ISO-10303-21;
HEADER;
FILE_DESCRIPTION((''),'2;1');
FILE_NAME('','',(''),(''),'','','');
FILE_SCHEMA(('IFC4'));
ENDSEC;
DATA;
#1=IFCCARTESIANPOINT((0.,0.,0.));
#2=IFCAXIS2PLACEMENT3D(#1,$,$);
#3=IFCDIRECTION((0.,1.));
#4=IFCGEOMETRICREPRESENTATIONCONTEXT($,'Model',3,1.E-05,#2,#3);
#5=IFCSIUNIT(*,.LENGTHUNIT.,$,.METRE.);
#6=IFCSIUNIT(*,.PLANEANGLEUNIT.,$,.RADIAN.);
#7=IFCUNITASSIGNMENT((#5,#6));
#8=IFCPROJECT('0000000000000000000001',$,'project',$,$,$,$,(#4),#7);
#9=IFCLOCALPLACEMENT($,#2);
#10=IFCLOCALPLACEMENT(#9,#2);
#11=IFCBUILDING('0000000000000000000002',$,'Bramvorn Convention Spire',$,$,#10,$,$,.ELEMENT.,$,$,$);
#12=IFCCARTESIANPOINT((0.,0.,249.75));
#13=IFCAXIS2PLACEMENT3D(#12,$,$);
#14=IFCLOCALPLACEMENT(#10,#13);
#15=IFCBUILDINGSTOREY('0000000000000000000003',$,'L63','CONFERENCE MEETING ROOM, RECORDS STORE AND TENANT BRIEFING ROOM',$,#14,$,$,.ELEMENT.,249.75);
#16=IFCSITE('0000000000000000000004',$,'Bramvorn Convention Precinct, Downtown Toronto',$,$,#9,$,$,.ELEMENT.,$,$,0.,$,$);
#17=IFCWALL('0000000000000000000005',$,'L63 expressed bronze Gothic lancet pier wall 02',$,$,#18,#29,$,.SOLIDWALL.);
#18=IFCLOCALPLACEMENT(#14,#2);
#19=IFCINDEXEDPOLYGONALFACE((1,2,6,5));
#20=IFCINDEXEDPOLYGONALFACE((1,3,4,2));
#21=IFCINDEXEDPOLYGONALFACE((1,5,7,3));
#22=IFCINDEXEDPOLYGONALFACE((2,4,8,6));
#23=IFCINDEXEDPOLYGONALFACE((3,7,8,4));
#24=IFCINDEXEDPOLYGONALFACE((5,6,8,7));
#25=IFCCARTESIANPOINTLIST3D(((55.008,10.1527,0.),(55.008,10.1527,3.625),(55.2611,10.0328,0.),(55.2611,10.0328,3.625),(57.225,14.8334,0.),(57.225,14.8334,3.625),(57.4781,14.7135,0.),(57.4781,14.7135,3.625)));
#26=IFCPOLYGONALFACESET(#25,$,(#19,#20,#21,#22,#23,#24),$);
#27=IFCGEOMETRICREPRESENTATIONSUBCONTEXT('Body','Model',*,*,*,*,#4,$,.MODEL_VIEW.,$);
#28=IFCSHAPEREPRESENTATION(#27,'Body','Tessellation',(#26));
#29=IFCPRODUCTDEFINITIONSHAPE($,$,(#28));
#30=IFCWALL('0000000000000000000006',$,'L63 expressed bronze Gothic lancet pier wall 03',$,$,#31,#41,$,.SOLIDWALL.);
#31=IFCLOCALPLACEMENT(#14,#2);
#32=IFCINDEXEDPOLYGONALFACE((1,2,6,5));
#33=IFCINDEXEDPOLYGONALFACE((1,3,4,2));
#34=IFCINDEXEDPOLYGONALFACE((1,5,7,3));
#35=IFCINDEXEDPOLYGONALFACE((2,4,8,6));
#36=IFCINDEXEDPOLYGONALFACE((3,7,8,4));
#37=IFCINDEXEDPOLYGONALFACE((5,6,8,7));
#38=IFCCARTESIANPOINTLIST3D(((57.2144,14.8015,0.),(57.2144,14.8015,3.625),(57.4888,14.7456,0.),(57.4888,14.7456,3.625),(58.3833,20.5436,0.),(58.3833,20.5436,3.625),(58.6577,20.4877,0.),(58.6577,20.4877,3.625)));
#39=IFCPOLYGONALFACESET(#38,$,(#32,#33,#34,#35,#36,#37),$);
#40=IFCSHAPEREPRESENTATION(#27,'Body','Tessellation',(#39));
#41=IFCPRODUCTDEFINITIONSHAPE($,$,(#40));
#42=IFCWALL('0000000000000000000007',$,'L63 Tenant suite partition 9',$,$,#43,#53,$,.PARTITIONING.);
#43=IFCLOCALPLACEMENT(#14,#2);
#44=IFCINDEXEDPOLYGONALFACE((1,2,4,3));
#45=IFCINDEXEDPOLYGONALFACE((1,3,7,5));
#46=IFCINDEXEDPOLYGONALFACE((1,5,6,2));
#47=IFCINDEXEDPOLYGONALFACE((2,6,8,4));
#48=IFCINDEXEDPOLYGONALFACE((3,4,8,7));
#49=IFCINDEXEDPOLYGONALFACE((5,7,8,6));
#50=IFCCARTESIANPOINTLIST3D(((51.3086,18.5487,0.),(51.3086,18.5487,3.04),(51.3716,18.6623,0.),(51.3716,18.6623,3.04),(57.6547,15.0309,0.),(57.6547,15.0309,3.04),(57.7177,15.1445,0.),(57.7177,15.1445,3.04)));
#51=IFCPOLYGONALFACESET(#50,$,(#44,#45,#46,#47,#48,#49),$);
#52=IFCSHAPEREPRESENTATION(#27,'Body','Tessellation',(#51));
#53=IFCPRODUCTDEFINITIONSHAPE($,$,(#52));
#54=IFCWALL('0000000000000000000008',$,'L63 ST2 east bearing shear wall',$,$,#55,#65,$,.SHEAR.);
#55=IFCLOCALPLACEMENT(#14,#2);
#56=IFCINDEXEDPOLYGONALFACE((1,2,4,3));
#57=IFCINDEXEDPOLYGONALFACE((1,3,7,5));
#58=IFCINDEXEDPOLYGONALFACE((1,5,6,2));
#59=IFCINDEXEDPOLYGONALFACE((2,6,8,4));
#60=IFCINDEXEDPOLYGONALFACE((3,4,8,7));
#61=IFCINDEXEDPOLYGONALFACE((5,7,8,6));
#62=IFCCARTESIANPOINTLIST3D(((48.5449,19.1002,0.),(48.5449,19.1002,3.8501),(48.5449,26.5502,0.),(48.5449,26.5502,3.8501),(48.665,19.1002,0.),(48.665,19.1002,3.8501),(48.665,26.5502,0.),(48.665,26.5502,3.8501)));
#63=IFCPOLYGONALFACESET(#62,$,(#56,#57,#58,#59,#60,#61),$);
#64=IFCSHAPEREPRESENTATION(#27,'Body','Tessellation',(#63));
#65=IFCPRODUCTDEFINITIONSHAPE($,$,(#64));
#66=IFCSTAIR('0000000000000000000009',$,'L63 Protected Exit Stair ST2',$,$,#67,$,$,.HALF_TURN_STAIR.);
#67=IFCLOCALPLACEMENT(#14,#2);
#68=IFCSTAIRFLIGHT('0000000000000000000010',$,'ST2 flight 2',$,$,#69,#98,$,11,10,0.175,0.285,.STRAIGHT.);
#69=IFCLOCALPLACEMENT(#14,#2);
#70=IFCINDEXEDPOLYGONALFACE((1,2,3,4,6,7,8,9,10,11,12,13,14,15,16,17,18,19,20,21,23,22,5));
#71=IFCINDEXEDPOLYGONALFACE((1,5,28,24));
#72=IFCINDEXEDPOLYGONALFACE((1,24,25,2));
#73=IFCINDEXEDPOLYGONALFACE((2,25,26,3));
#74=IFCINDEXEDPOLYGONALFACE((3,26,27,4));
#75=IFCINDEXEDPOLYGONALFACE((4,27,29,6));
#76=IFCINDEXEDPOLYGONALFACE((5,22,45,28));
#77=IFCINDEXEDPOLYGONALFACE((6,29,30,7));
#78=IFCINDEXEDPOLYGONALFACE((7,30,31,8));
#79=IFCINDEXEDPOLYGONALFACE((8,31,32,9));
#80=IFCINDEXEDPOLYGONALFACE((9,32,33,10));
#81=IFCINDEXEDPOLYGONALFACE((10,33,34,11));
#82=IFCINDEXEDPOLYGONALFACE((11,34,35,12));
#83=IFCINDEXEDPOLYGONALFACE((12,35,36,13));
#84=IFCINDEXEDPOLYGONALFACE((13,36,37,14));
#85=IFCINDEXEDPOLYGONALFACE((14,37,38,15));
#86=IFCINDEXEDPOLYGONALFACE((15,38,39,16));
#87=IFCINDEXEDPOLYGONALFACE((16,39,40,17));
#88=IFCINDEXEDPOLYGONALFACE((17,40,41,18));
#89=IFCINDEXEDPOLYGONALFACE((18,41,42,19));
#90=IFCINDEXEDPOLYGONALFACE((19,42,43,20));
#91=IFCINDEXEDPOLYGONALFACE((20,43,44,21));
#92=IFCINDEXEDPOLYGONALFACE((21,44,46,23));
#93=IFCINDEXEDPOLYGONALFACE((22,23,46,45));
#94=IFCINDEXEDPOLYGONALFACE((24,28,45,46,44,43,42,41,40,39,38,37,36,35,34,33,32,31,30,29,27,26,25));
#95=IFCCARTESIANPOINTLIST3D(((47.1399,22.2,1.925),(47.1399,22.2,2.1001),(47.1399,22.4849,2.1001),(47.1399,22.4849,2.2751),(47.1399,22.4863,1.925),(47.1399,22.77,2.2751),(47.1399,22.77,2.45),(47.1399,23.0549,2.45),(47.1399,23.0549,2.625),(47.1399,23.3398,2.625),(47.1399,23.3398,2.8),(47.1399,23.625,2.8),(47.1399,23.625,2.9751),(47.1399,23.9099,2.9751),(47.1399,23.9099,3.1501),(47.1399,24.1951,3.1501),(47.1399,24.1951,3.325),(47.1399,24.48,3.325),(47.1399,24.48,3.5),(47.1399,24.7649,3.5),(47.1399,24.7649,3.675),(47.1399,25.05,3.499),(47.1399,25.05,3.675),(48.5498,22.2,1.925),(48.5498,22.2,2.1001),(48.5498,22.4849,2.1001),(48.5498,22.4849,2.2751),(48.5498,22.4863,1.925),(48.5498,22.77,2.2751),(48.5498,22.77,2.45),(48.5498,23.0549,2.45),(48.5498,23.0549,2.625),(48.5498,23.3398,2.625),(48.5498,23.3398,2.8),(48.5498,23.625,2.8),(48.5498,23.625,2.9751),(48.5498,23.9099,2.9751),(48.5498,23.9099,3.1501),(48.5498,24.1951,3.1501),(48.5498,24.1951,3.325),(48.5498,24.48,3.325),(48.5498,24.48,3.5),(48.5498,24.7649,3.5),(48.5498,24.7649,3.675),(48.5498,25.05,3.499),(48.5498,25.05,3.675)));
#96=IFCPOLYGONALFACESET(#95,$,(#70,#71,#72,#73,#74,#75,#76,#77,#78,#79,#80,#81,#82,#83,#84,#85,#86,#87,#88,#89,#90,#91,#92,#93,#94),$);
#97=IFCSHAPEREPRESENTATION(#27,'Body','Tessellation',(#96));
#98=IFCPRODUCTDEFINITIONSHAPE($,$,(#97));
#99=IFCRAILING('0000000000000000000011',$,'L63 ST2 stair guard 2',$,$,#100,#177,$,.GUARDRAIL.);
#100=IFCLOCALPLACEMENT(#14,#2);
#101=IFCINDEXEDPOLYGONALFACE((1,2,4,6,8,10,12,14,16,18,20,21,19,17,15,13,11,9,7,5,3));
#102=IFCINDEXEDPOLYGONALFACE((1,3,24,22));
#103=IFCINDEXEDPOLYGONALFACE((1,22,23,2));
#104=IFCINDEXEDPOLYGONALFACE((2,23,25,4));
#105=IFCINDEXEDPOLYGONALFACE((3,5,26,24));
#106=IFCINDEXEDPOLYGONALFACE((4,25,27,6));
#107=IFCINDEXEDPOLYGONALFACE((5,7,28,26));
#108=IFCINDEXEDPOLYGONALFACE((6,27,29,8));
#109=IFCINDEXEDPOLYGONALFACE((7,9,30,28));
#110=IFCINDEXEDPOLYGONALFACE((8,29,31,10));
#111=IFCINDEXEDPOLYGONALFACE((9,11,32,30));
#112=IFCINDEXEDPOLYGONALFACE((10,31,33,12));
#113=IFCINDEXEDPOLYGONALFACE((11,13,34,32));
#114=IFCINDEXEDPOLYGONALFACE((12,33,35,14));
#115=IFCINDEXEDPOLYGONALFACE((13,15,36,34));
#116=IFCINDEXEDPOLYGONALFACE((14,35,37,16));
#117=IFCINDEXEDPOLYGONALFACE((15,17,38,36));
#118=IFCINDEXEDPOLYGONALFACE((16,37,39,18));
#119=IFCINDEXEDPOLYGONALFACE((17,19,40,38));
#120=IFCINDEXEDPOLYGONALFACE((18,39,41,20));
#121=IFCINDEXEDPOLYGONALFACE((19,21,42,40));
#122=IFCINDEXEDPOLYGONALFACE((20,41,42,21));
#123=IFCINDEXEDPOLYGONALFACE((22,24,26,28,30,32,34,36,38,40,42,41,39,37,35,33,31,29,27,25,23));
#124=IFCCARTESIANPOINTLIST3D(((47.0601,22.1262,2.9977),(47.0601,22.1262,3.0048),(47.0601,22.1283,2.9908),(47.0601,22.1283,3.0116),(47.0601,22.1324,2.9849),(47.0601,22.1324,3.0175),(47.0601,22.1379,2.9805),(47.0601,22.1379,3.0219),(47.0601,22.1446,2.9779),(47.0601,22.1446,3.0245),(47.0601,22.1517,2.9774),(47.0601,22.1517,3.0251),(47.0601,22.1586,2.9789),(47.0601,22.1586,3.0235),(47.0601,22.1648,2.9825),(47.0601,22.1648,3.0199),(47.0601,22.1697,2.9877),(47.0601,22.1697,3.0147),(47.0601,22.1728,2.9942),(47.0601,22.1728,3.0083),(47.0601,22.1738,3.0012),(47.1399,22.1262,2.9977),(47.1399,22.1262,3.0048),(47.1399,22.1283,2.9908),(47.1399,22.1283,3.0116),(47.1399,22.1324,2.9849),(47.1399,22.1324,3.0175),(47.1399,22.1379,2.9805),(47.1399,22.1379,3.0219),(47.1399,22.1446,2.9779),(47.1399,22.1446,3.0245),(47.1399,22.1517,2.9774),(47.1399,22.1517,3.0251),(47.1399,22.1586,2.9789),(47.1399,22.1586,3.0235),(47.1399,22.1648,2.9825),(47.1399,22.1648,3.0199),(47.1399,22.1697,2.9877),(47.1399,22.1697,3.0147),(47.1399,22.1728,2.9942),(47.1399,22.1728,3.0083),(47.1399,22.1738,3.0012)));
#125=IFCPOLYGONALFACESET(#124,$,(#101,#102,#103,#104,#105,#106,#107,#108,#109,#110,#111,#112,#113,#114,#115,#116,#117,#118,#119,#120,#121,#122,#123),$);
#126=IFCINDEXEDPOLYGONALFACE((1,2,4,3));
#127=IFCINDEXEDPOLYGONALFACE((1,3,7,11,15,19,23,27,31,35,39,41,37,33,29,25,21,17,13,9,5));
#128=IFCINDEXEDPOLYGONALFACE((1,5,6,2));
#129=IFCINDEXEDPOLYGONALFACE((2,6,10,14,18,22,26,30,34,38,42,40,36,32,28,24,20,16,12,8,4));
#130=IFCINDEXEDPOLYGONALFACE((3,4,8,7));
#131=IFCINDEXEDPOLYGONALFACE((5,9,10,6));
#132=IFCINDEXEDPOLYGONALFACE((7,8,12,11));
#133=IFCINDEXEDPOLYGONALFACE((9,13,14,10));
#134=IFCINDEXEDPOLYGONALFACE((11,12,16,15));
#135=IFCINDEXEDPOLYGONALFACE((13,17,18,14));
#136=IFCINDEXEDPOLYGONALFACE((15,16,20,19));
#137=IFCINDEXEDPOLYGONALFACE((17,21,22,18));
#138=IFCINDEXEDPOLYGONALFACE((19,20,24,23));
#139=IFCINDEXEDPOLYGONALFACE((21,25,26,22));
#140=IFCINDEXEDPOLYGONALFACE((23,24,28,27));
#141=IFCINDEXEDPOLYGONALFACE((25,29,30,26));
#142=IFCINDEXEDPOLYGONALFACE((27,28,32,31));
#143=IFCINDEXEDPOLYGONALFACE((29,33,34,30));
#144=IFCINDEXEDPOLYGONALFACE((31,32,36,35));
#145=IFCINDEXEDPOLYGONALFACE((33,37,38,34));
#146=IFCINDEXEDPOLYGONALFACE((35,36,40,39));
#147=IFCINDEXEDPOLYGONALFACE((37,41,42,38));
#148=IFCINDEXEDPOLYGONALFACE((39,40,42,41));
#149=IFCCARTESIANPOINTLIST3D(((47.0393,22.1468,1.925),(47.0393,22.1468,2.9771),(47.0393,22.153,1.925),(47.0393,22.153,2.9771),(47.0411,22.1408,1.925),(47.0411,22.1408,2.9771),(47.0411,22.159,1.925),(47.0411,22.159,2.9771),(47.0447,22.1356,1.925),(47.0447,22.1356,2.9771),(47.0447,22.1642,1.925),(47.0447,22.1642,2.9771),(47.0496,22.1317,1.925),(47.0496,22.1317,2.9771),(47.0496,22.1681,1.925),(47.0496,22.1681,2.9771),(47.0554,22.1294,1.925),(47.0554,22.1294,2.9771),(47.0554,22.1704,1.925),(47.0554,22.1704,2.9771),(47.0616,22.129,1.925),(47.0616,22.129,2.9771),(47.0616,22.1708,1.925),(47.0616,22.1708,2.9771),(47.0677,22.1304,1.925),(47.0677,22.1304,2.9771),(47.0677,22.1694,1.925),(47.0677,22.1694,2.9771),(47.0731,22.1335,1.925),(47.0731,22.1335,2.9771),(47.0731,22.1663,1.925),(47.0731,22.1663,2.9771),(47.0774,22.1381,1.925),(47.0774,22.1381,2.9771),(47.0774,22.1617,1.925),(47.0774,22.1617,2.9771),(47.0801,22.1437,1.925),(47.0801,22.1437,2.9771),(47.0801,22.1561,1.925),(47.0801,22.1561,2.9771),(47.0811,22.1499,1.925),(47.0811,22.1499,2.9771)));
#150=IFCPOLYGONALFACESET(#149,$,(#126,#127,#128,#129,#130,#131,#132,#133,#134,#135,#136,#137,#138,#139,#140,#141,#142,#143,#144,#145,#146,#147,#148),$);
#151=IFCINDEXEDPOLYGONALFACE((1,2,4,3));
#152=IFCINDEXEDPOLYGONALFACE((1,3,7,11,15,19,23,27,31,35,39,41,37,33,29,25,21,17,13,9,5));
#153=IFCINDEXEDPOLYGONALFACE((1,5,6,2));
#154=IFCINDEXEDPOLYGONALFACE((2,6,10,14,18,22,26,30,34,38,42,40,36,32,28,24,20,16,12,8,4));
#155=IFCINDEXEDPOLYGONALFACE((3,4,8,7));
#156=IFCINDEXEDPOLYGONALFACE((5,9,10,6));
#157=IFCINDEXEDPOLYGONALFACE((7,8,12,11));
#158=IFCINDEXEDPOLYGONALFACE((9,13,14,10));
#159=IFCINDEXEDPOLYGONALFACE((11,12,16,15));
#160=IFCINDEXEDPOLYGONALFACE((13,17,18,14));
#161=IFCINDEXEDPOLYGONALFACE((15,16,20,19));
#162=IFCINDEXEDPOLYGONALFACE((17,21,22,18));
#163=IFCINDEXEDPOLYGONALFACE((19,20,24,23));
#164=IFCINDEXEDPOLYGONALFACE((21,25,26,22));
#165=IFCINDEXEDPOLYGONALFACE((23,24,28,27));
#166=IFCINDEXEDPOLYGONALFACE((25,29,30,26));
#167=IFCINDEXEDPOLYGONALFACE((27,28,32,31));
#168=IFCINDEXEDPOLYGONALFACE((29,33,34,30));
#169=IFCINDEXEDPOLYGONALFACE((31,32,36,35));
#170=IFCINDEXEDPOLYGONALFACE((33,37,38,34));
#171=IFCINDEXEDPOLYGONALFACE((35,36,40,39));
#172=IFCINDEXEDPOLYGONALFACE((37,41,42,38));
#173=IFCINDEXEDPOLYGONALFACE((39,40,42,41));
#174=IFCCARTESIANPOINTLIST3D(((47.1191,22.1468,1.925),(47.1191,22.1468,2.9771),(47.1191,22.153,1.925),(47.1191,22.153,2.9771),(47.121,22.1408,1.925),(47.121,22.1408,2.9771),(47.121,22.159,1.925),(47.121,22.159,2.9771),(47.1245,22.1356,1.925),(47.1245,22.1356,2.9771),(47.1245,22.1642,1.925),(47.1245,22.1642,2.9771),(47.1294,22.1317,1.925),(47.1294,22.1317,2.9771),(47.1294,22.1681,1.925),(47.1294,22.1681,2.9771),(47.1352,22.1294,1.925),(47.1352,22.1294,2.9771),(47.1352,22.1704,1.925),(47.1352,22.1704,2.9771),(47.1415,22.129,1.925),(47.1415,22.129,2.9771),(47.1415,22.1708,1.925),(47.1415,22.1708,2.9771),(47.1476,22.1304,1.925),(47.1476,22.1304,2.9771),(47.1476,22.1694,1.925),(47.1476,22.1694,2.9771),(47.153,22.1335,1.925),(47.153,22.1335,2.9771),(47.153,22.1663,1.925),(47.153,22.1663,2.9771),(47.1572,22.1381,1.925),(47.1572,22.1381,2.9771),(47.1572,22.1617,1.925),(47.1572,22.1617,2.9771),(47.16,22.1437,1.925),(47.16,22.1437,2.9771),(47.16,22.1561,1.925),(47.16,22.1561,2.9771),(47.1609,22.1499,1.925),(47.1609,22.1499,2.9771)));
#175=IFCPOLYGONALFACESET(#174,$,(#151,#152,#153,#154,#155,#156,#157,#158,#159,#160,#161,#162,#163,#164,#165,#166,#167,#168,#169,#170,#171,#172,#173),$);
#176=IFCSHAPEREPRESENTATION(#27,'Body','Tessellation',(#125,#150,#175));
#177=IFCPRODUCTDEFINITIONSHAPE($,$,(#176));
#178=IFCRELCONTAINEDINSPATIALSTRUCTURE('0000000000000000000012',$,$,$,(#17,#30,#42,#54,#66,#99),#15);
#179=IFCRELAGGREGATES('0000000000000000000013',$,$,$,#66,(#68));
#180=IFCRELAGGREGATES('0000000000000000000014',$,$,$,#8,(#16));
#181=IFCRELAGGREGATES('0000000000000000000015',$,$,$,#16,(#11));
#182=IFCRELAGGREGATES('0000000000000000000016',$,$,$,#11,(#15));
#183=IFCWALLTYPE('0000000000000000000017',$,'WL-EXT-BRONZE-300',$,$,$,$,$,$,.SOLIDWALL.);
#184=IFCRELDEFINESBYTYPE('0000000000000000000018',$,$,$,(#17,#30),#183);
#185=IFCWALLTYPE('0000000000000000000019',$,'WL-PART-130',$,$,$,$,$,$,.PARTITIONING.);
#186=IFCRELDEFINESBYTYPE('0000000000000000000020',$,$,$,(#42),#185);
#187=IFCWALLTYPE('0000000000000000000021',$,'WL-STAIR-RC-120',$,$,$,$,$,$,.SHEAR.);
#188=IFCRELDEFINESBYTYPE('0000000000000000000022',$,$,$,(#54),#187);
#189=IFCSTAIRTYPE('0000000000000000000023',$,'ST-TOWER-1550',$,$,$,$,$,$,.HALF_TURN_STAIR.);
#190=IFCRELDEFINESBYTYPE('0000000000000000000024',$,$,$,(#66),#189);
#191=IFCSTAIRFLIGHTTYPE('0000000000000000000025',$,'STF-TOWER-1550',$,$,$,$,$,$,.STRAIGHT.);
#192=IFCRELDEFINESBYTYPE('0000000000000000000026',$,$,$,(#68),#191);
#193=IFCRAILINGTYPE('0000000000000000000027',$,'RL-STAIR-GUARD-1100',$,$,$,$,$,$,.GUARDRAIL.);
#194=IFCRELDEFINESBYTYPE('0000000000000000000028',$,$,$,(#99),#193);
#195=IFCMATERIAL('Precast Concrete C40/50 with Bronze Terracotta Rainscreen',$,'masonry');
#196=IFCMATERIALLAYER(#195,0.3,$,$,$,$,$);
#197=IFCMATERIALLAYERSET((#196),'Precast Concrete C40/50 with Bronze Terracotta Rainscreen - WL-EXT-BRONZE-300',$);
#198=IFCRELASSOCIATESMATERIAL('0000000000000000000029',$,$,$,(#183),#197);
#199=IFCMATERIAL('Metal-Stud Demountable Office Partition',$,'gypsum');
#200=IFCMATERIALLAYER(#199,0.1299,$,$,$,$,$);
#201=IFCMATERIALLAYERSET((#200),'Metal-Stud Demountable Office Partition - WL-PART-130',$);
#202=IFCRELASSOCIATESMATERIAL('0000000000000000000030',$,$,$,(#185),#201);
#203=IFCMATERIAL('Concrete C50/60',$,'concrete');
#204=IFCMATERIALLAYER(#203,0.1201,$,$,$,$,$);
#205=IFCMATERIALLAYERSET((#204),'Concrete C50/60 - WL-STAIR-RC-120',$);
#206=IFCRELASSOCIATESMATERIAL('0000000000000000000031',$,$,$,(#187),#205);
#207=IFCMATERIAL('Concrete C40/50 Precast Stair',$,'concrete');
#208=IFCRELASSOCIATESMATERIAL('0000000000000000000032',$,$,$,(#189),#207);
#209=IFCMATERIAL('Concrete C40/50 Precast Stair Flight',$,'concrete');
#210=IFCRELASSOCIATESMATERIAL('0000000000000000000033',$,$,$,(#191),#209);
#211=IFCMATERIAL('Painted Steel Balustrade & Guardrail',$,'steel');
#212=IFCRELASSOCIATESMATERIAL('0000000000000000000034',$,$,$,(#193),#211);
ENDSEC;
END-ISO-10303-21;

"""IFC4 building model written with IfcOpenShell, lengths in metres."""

from ifc_helpers import new_model, si_unit, direction, frame, frame_2d, origin, origin_2d, place, context, subcontext, project, spatial, polyline, rectangle, circle, outline, extrude, material, layer, layer_set, type_object, element, aggregate, save


model = new_model("IFC4")

# Units and contexts
model_context = context("Model", 3, precision=1e-05, world=origin(), true_north=direction((0.0, 1.0)))
body_context = subcontext(model_context, "Body", "Model", "MODEL_VIEW")
ifc_project = project(units=[si_unit("LENGTHUNIT", "METRE"), si_unit("PLANEANGLEUNIT", "RADIAN")], contexts=[model_context])

# Site, building, storey
site_placement = place(None, origin())
site = spatial("IfcSite", under=ifc_project, at=site_placement, Name="Bramvorn Convention Precinct, Downtown Toronto", CompositionType="ELEMENT", RefElevation=0.0)
building_placement = place(site_placement, origin())
building = spatial("IfcBuilding", under=site, at=building_placement, Name="Bramvorn Convention Spire", CompositionType="ELEMENT")
storey_placement = place(building_placement, frame((0.0, 0.0, 249.75)))
storey = spatial("IfcBuildingStorey", under=building, at=storey_placement, Name="L63", Description="CONFERENCE MEETING ROOM, RECORDS STORE AND TENANT BRIEFING ROOM", CompositionType="ELEMENT", Elevation=249.75)

# Shared definitions
ifc_material_1 = material(Name="Concrete C50/60", Category="concrete")

# Walls
ifc_material_2 = material(Name="Precast Concrete C40/50 with Bronze Terracotta Rainscreen", Category="masonry")
ifc_layer_1 = layer(ifc_material_2, 0.3)
ifc_layer_set_1 = layer_set([ifc_layer_1], Name="Precast Concrete C40/50 with Bronze Terracotta Rainscreen - WL-EXT-BRONZE-300")
wall_type_1 = type_object("IfcWallType", Name="WL-EXT-BRONZE-300", PredefinedType="SOLIDWALL", material=ifc_layer_set_1)
wall_1_placement = place(storey_placement, frame((57.3516, 14.7734, 0.0), z_axis=(0.0, 0.0, 1.0), x_axis=(-0.428068, -0.903746, 0.0)))
element("IfcWall", 1, at=wall_1_placement, inside=storey, type_object=wall_type_1, Name="L63 expressed bronze Gothic lancet pier wall 02", PredefinedType="SOLIDWALL", context=body_context, shape_type="SweptSolid", body=[
    extrude(rectangle(XDim=5.1792, YDim=0.28, at=frame_2d((2.5896, 0.0))), origin(), (0.0, 0.0, 1.0), 3.625),
])
wall_2_placement = place(storey_placement, frame((58.5205, 20.5156, 0.0), z_axis=(0.0, 0.0, 1.0), x_axis=(-0.19948, -0.979902, 0.0)))
element("IfcWall", 2, at=wall_2_placement, inside=storey, type_object=wall_type_1, Name="L63 expressed bronze Gothic lancet pier wall 03", PredefinedType="SOLIDWALL", context=body_context, shape_type="SweptSolid", body=[
    extrude(rectangle(XDim=5.8599, YDim=0.28, at=frame_2d((2.9299, 0.0))), origin(), (0.0, 0.0, 1.0), 3.625),
])
ifc_material_3 = material(Name="Metal-Stud Demountable Office Partition", Category="gypsum")
ifc_layer_2 = layer(ifc_material_3, 0.1299)
ifc_layer_set_2 = layer_set([ifc_layer_2], Name="Metal-Stud Demountable Office Partition - WL-PART-130")
wall_type_2 = type_object("IfcWallType", Name="WL-PART-130", PredefinedType="PARTITIONING", material=ifc_layer_set_2)
wall_3_placement = place(storey_placement, frame((51.3401, 18.6055, 0.0), z_axis=(0.0, 0.0, 1.0), x_axis=(0.874616, -0.484817, 0.0)))
element("IfcWall", 3, at=wall_3_placement, inside=storey, type_object=wall_type_2, Name="L63 Tenant suite partition 9", PredefinedType="PARTITIONING", context=body_context, shape_type="SweptSolid", body=[
    extrude(rectangle(XDim=7.2559, YDim=0.1299, at=frame_2d((3.6279, 0.0))), origin(), (0.0, 0.0, 1.0), 3.04),
])
ifc_layer_3 = layer(ifc_material_1, 0.1201)
ifc_layer_set_3 = layer_set([ifc_layer_3], Name="Concrete C50/60 - WL-STAIR-RC-120")
wall_type_3 = type_object("IfcWallType", Name="WL-STAIR-RC-120", PredefinedType="SHEAR", material=ifc_layer_set_3)
wall_4_placement = place(storey_placement, frame((48.605, 19.1001, 0.0), z_axis=(0.0, 0.0, 1.0), x_axis=(0.0, 1.0, 0.0)))
element("IfcWall", 4, at=wall_4_placement, inside=storey, type_object=wall_type_3, Name="L63 ST2 east bearing shear wall", PredefinedType="SHEAR", context=body_context, shape_type="SweptSolid", body=[
    extrude(rectangle(XDim=7.45, YDim=0.1201, at=frame_2d((3.7251, 0.0))), origin(), (0.0, 0.0, 1.0), 3.8501),
])

# Stair, stair flight
ifc_material_4 = material(Name="Concrete C40/50 Precast Stair", Category="concrete")
stair_type = type_object("IfcStairType", Name="ST-TOWER-1550", PredefinedType="HALF_TURN_STAIR", material=ifc_material_4)
stair_placement = place(storey_placement, origin())
stair = element("IfcStair", 5, at=stair_placement, inside=storey, type_object=stair_type, Name="L63 Protected Exit Stair ST2", PredefinedType="HALF_TURN_STAIR")
ifc_material_5 = material(Name="Concrete C40/50 Precast Stair Flight", Category="concrete")
stair_flight_type = type_object("IfcStairFlightType", Name="STF-TOWER-1550", PredefinedType="STRAIGHT", material=ifc_material_5)
stair_flight_placement = place(storey_placement, frame((47.845, 22.2, 1.925), z_axis=(0.0, 0.0, 1.0), x_axis=(0.0, 1.0, 0.0)))
stair_flight = element("IfcStairFlight", 6, at=stair_flight_placement, type_object=stair_flight_type, Name="ST2 flight 2", NumberOfRisers=11, NumberOfTreads=10, PredefinedType="STRAIGHT", RiserHeight=0.175, TreadLength=0.285, context=body_context, shape_type="SweptSolid", body=[
    extrude(outline(polyline([(0.0, 0.0), (0.0, 0.175), (0.2849, 0.175), (0.2849, 0.3501), (0.5701, 0.3501), (0.5701, 0.5249), (0.855, 0.5249), (0.855, 0.7), (1.1399, 0.7), (1.1399, 0.875), (1.425, 0.875), (1.425, 1.05), (1.71, 1.05), (1.71, 1.2251), (1.9951, 1.2251), (1.9951, 1.3999), (2.28, 1.3999), (2.28, 1.575), (2.5649, 1.575), (2.5649, 1.75), (2.8501, 1.75), (2.8501, 1.925), (2.8501, 1.574), (0.2864, 0.0), (0.0, 0.0)])), frame((0.0, 0.7051, 0.0), z_axis=(0.0, -1.0, 0.0), x_axis=(1.0, 0.0, 0.0)), (0.0, 0.0, 1.0), 1.4099),
])
aggregate(stair, [stair_flight])

# Railing
ifc_material_6 = material(Name="Painted Steel Balustrade & Guardrail", Category="steel")
railing_type = type_object("IfcRailingType", Name="RL-STAIR-GUARD-1100", PredefinedType="GUARDRAIL", material=ifc_material_6)
railing_1_placement = place(storey_placement, frame((47.0601, 22.1499, 1.925)))
element("IfcRailing", 7, at=railing_1_placement, inside=storey, type_object=railing_type, Name="L63 ST2 stair guard 2", PredefinedType="GUARDRAIL", context=body_context, shape_type="SweptSolid", body=[
    extrude(circle(Radius=0.0239, at=origin_2d()), frame((0.0, 0.0, 1.0762), z_axis=(1.0, 0.0, 0.0), x_axis=(0.0, 1.0, 0.0)), (0.0, 0.0, 1.0), 0.0798),
    extrude(circle(Radius=0.021, at=origin_2d()), origin(), (0.0, 0.0, 1.0), 1.052),
    extrude(circle(Radius=0.021, at=origin_2d()), frame((0.0798, 0.0, 0.0)), (0.0, 0.0, 1.0), 1.052),
])

save(model, "model.ifc")
